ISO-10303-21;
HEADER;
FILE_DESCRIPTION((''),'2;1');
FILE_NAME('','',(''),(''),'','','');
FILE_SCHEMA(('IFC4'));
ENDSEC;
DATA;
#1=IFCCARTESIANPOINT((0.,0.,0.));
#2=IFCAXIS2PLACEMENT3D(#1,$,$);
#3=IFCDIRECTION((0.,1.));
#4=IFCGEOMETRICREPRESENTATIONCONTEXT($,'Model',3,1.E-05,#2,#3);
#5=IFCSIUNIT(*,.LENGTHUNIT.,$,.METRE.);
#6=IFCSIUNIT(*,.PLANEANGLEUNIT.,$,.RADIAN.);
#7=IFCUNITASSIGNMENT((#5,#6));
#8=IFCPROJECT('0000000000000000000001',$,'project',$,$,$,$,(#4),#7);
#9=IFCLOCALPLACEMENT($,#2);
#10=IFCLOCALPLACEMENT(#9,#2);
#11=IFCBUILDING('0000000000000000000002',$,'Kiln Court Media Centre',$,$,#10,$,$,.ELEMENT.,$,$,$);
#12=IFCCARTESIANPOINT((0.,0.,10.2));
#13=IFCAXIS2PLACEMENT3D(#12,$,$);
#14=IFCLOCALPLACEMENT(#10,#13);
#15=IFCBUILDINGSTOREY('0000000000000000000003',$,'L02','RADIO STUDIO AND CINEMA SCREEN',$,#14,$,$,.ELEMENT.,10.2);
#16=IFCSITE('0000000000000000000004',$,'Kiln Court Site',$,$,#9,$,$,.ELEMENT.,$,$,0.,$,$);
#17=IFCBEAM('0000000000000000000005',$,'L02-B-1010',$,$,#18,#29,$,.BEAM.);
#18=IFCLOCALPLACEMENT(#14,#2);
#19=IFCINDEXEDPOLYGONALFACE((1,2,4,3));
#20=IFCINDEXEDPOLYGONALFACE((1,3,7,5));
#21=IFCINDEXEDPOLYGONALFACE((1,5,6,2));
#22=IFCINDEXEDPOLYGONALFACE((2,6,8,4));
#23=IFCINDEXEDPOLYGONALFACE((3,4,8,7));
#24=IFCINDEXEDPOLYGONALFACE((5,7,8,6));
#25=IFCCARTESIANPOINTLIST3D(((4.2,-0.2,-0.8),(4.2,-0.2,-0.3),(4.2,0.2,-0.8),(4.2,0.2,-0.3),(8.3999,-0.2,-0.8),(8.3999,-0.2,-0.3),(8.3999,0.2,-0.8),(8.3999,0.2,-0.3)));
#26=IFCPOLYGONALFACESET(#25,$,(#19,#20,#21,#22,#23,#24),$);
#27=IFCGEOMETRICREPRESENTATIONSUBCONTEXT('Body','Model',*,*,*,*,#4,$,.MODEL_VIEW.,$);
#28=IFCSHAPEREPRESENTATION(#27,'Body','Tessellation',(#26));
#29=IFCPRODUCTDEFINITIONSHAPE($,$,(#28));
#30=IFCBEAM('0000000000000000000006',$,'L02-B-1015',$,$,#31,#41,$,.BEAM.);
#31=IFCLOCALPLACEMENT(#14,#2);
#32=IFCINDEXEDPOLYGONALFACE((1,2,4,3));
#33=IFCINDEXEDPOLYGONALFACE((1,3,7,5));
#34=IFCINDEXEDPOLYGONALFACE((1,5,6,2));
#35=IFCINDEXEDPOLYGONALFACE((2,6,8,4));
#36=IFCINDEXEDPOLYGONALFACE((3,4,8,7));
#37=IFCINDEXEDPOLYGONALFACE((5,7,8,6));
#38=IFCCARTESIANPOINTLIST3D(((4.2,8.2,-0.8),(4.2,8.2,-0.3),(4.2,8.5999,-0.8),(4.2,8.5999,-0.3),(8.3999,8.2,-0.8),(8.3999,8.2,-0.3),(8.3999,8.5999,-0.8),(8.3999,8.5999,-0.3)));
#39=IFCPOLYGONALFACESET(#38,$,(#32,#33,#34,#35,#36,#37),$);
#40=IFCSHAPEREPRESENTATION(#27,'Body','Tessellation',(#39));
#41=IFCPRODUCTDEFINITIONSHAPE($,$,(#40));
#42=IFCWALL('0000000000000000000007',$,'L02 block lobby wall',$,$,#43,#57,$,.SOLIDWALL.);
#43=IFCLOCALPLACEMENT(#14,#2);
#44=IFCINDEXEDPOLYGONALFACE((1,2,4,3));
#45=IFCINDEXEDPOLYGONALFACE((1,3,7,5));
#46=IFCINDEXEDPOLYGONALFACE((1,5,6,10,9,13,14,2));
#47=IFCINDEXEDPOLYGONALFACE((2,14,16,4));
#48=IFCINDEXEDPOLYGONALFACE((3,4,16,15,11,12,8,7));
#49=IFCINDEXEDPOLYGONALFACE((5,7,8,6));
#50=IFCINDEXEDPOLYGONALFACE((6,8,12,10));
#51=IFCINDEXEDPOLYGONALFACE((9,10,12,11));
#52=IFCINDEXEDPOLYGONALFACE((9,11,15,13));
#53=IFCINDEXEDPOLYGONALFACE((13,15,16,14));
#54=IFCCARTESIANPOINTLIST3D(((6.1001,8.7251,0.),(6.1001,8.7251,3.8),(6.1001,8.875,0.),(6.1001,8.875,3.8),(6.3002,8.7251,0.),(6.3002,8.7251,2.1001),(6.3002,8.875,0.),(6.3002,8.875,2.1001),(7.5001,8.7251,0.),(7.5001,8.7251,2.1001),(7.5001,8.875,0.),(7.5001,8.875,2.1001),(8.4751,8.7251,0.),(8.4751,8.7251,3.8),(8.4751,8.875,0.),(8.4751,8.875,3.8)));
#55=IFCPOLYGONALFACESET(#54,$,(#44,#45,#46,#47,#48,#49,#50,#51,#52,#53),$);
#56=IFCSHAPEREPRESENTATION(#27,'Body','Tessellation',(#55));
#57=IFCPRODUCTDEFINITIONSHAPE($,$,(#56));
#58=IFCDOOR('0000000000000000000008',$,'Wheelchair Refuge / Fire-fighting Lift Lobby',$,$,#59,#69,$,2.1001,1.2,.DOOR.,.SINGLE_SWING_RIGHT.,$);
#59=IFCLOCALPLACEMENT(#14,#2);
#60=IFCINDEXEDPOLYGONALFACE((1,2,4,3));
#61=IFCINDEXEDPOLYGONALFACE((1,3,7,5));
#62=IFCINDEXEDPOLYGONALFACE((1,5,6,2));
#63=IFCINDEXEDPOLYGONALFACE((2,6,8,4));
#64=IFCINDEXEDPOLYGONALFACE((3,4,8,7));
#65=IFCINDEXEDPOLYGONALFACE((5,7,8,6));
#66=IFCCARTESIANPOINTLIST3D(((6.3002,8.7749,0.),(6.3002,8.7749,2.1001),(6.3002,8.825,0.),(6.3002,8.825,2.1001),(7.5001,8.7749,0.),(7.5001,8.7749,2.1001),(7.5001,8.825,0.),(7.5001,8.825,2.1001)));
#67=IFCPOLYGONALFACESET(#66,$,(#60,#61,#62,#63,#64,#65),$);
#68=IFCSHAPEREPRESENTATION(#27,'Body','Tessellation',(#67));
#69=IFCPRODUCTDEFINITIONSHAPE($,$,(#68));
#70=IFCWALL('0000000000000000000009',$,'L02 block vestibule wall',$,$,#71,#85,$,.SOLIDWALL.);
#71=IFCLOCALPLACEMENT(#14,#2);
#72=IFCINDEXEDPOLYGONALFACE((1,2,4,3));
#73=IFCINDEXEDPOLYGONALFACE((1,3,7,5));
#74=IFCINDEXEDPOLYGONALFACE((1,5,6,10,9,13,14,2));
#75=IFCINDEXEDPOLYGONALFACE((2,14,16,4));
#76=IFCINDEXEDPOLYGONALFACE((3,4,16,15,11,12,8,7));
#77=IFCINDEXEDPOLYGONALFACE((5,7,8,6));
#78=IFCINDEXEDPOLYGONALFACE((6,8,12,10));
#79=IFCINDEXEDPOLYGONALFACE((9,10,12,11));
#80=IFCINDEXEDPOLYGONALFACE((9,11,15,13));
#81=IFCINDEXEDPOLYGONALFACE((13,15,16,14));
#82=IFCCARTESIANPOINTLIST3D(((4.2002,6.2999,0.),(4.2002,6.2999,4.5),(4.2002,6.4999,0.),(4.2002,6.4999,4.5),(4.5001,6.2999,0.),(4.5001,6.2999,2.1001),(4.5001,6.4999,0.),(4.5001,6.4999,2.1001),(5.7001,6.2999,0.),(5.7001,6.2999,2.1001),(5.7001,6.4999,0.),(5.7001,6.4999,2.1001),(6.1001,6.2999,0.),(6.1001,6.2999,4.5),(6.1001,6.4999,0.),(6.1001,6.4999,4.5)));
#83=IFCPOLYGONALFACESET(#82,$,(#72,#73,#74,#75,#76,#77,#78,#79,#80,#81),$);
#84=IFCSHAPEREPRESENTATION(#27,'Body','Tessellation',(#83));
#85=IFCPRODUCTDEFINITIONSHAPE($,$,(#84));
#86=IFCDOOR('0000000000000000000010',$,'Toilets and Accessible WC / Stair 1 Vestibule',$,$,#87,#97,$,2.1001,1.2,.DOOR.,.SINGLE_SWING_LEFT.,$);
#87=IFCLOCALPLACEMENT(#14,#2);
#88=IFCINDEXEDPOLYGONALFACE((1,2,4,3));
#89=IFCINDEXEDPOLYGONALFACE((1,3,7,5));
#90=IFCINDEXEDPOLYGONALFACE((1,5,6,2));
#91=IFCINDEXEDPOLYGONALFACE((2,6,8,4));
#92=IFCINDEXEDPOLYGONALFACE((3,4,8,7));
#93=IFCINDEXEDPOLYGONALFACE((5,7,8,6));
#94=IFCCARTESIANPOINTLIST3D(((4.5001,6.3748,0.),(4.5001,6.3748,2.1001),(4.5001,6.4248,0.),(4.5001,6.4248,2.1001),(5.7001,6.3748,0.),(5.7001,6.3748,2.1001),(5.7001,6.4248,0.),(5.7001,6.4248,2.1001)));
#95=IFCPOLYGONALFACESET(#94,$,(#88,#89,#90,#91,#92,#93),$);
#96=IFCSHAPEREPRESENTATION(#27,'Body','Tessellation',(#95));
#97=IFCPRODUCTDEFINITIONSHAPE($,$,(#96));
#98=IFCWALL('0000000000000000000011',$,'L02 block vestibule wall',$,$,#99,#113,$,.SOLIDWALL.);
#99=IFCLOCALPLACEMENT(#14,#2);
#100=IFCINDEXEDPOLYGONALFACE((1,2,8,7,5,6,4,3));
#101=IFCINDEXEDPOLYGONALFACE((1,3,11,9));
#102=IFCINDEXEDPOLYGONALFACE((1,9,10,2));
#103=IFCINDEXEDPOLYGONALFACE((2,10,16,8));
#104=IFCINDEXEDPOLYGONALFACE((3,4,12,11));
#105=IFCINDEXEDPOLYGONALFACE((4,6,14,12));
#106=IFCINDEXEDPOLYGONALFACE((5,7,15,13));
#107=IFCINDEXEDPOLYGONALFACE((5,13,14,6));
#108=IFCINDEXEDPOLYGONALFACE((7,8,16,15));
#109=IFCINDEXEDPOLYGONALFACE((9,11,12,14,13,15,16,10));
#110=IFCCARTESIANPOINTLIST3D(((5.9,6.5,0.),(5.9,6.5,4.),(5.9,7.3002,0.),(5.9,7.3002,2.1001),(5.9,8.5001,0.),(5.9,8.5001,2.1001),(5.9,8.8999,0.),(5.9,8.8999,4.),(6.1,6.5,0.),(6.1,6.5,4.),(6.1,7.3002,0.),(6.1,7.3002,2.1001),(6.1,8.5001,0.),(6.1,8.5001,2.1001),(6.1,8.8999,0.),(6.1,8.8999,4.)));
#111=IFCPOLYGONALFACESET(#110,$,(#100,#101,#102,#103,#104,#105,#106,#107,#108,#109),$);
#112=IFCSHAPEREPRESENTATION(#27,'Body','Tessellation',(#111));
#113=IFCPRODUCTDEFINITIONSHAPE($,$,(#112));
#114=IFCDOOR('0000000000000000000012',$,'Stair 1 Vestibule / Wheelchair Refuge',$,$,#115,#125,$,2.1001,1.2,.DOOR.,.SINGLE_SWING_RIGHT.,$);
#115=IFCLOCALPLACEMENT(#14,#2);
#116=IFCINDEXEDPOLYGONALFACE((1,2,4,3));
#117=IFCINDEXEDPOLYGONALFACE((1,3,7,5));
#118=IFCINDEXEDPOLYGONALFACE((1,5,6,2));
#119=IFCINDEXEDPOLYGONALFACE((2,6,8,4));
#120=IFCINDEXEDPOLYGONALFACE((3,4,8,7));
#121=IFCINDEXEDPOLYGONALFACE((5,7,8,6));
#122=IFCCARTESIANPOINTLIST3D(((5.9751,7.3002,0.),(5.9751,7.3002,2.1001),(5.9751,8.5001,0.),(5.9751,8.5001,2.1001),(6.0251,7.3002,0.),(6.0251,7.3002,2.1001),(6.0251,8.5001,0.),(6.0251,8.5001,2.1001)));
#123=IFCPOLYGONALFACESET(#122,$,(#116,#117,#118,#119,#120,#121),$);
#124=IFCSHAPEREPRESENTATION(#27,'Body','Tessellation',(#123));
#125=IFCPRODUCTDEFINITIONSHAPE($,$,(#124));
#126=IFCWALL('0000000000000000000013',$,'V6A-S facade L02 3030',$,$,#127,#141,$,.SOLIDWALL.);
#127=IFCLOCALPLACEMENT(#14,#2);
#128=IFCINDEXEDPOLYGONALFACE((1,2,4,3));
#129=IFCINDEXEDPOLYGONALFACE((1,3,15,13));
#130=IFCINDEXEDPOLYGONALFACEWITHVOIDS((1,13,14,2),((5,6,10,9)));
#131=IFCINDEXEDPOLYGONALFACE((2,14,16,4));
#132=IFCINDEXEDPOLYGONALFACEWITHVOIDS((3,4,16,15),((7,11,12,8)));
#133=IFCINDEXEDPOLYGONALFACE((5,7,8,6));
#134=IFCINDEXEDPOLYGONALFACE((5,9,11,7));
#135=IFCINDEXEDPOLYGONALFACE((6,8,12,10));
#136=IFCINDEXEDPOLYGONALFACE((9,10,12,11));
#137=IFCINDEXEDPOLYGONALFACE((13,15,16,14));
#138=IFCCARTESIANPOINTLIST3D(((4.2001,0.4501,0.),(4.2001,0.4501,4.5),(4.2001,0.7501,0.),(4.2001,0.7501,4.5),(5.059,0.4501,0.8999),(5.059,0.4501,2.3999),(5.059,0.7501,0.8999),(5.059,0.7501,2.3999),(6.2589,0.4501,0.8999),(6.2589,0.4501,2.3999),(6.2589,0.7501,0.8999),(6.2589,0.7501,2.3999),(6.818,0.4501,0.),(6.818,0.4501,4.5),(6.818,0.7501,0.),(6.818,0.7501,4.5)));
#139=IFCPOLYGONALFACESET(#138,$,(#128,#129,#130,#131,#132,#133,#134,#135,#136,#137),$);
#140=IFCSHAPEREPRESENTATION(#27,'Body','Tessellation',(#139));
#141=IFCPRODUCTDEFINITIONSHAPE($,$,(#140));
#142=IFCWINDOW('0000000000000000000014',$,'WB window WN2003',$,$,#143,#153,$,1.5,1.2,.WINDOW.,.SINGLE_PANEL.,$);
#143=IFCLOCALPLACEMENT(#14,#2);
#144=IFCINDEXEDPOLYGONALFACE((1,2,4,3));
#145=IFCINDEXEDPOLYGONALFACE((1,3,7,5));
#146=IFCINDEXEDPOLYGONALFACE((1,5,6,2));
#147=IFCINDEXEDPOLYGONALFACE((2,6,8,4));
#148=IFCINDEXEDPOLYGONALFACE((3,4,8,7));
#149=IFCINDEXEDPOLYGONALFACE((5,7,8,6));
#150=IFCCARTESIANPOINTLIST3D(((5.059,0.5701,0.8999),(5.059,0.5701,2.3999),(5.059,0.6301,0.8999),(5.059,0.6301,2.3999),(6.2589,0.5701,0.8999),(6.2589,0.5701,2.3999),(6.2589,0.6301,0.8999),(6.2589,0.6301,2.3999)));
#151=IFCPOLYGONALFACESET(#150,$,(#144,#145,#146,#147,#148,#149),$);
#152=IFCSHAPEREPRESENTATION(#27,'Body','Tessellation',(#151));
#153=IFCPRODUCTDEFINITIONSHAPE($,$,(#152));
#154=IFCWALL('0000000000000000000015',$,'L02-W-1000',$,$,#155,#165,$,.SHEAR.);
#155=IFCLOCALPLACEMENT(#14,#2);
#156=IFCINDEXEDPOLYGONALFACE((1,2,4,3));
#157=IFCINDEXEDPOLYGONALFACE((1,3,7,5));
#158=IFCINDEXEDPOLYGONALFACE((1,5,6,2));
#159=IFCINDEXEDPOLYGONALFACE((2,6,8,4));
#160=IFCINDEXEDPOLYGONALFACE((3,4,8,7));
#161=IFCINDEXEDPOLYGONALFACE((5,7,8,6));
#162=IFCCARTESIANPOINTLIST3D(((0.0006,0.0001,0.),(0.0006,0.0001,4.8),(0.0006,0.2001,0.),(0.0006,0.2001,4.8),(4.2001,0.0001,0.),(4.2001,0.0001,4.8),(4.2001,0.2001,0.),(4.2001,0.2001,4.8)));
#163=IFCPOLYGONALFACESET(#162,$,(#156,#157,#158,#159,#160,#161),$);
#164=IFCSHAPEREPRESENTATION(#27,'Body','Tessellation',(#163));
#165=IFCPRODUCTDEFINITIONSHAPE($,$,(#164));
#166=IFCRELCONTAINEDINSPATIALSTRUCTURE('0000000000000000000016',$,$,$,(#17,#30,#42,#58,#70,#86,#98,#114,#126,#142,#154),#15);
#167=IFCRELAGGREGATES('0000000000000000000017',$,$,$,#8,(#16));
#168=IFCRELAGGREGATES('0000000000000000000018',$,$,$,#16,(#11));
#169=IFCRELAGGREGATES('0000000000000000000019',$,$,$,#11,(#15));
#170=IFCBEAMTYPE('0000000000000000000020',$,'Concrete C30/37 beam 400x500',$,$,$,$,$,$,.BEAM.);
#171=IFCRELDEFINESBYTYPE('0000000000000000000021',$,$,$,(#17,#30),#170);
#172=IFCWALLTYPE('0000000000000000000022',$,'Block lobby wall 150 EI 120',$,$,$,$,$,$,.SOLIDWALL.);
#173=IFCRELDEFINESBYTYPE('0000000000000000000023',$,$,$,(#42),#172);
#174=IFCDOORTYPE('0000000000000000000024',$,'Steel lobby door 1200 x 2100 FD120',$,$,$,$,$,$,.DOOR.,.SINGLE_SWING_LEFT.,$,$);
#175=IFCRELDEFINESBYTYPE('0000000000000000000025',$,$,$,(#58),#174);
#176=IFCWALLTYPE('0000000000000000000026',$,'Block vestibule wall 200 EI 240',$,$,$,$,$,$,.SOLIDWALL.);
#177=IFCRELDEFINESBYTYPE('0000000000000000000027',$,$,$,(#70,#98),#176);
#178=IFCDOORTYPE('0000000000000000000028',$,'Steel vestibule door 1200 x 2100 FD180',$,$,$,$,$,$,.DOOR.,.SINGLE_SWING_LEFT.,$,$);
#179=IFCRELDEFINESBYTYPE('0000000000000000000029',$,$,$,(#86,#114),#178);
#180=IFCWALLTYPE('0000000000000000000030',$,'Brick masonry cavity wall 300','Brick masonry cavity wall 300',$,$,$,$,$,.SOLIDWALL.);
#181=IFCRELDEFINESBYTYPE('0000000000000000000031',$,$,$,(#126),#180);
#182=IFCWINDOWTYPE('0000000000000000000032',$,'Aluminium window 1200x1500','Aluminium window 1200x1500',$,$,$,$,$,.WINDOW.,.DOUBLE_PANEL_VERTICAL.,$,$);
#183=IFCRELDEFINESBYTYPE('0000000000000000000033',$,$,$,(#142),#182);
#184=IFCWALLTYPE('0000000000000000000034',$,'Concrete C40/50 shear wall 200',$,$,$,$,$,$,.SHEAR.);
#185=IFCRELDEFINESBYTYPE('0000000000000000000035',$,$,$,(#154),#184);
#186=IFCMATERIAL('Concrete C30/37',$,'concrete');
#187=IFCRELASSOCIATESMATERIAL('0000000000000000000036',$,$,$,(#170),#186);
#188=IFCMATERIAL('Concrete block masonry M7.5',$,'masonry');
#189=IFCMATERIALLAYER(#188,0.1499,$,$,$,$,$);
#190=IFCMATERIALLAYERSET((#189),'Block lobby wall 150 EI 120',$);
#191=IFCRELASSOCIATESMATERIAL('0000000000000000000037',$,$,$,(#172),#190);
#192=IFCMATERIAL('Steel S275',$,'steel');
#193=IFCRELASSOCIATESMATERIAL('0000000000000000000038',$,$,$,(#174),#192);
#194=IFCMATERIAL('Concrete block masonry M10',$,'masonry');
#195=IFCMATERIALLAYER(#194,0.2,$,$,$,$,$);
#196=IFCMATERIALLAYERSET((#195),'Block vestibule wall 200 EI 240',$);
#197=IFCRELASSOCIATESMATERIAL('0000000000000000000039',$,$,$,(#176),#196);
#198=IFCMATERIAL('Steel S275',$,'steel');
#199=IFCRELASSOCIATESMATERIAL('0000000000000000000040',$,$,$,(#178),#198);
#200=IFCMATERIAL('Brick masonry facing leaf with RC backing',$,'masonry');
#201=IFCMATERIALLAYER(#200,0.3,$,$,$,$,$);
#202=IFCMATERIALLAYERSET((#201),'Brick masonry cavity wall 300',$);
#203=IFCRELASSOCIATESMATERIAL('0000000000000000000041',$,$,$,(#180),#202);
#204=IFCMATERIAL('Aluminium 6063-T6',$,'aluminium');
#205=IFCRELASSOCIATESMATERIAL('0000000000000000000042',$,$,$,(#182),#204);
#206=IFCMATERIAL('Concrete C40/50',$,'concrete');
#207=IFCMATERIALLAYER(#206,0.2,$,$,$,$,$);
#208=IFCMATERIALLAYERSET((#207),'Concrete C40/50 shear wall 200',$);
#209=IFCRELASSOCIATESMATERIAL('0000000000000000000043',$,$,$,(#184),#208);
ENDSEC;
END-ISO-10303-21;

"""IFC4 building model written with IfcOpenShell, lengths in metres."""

from ifc_helpers import new_model, si_unit, direction, frame, frame_2d, origin, origin_2d, place, context, subcontext, project, spatial, rectangle, extrude, material, layer, layer_set, material_profile, profile_set, type_object, element, fill, save


model = new_model("IFC4")

# Units and contexts
model_context = context("Model", 3, precision=1e-05, world=origin(), true_north=direction((0.0, 1.0)))
body_context = subcontext(model_context, "Body", "Model", "MODEL_VIEW")
ifc_project = project(units=[si_unit("LENGTHUNIT", "METRE"), si_unit("PLANEANGLEUNIT", "RADIAN")], contexts=[model_context])

# Site, building, storey
site_placement = place(None, origin())
site = spatial("IfcSite", under=ifc_project, at=site_placement, Name="Kiln Court Site", CompositionType="ELEMENT", RefElevation=0.0)
building_placement = place(site_placement, origin())
building = spatial("IfcBuilding", under=site, at=building_placement, Name="Kiln Court Media Centre", CompositionType="ELEMENT")
storey_placement = place(building_placement, frame((0.0, 0.0, 10.2)))
storey = spatial("IfcBuildingStorey", under=building, at=storey_placement, Name="L02", Description="RADIO STUDIO AND CINEMA SCREEN", CompositionType="ELEMENT", Elevation=10.2)

# Beams
ifc_material_1 = material(Name="Concrete C30/37", Category="concrete")
ifc_material_profile = material_profile(ifc_material_1, rectangle(XDim=0.3999, YDim=0.5, at=origin_2d()), Name="RC 400x500")
ifc_profile_set = profile_set([ifc_material_profile], Name="Concrete C30/37")
beam_type = type_object("IfcBeamType", Name="Concrete C30/37 beam 400x500", PredefinedType="BEAM", material=ifc_profile_set)
for number, where, z_axis, x_axis, name in (
    (1, (4.2, 0.0, -0.55), (1.0, 0.0, 0.0), (0.0, 1.0, 0.0), "L02-B-1010"),
    (2, (4.2, 8.3999, -0.55), (1.0, 0.0, 0.0), (0.0, 1.0, 0.0), "L02-B-1015"),
):
    element("IfcBeam", number, at=place(storey_placement, frame(where, z_axis=z_axis, x_axis=x_axis)), inside=storey, type_object=beam_type, Name=name, PredefinedType="BEAM", context=body_context, shape_type="SweptSolid", body=[
        extrude(rectangle(XDim=0.3999, YDim=0.5, at=origin_2d()), origin(), (0.0, 0.0, 1.0), 4.2),
    ])

# Walls, openings, doors
ifc_material_2 = material(Name="Concrete block masonry M7.5", Category="masonry")
ifc_layer_1 = layer(ifc_material_2, 0.1499)
ifc_layer_set_1 = layer_set([ifc_layer_1], Name="Block lobby wall 150 EI 120")
wall_type_1 = type_object("IfcWallType", Name="Block lobby wall 150 EI 120", PredefinedType="SOLIDWALL", material=ifc_layer_set_1)
wall_1_placement = place(storey_placement, frame((6.1001, 8.8, 0.0), z_axis=(0.0, 0.0, 1.0), x_axis=(1.0, 0.0, 0.0)))
wall_1 = element("IfcWall", 3, at=wall_1_placement, inside=storey, type_object=wall_type_1, Name="L02 block lobby wall", PredefinedType="SOLIDWALL", context=body_context, shape_type="SweptSolid", body=[
    extrude(rectangle(XDim=2.375, YDim=0.1499, at=frame_2d((1.1875, 0.0))), origin(), (0.0, 0.0, 1.0), 3.8),
])
opening_1_placement = place(wall_1_placement, frame((0.2, 0.0, 0.0)))
opening_1 = element("IfcOpeningElement", 4, at=opening_1_placement, cuts=wall_1, PredefinedType="OPENING", context=body_context, shape_type="SweptSolid", body=[
    extrude(rectangle(XDim=1.2, YDim=2.1001, at=frame_2d((0.6001, 1.05))), frame((0.0, 0.085, 0.0), z_axis=(0.0, -1.0, 0.0), x_axis=(1.0, 0.0, 0.0)), (0.0, 0.0, 1.0), 0.1699),
])
ifc_material_3 = material(Name="Steel S275", Category="steel")
door_type_1 = type_object("IfcDoorType", Name="Steel lobby door 1200 x 2100 FD120", OperationType="SINGLE_SWING_LEFT", PredefinedType="DOOR", material=ifc_material_3)
door_1_placement = place(opening_1_placement, origin())
door_1 = element("IfcDoor", 5, at=door_1_placement, inside=storey, type_object=door_type_1, Name="Wheelchair Refuge / Fire-fighting Lift Lobby", OperationType="SINGLE_SWING_RIGHT", OverallHeight=2.1001, OverallWidth=1.2, PredefinedType="DOOR", context=body_context, shape_type="SweptSolid", body=[
    extrude(rectangle(XDim=1.2, YDim=2.1001, at=frame_2d((0.6001, 1.05))), frame((0.0, 0.0249, 0.0), z_axis=(0.0, -1.0, 0.0), x_axis=(1.0, 0.0, 0.0)), (0.0, 0.0, 1.0), 0.05),
])
fill(opening_1, door_1)
ifc_material_4 = material(Name="Concrete block masonry M10", Category="masonry")
ifc_layer_2 = layer(ifc_material_4, 0.2)
ifc_layer_set_2 = layer_set([ifc_layer_2], Name="Block vestibule wall 200 EI 240")
wall_type_2 = type_object("IfcWallType", Name="Block vestibule wall 200 EI 240", PredefinedType="SOLIDWALL", material=ifc_layer_set_2)
wall_2_placement = place(storey_placement, frame((4.2002, 6.3999, 0.0), z_axis=(0.0, 0.0, 1.0), x_axis=(1.0, 0.0, 0.0)))
wall_2 = element("IfcWall", 6, at=wall_2_placement, inside=storey, type_object=wall_type_2, Name="L02 block vestibule wall", PredefinedType="SOLIDWALL", context=body_context, shape_type="SweptSolid", body=[
    extrude(rectangle(XDim=1.8999, YDim=0.2, at=frame_2d((0.95, 0.0))), origin(), (0.0, 0.0, 1.0), 4.5),
])
opening_2_placement = place(wall_2_placement, frame((0.2998, 0.0, 0.0)))
opening_2 = element("IfcOpeningElement", 7, at=opening_2_placement, cuts=wall_2, PredefinedType="OPENING", context=body_context, shape_type="SweptSolid", body=[
    extrude(rectangle(XDim=1.2, YDim=2.1001, at=frame_2d((0.6001, 1.05))), frame((0.0, 0.1099, 0.0), z_axis=(0.0, -1.0, 0.0), x_axis=(1.0, 0.0, 0.0)), (0.0, 0.0, 1.0), 0.22),
])
ifc_material_5 = material(Name="Steel S275", Category="steel")
door_type_2 = type_object("IfcDoorType", Name="Steel vestibule door 1200 x 2100 FD180", OperationType="SINGLE_SWING_LEFT", PredefinedType="DOOR", material=ifc_material_5)
door_2_placement = place(opening_2_placement, origin())
door_2 = element("IfcDoor", 8, at=door_2_placement, inside=storey, type_object=door_type_2, Name="Toilets and Accessible WC / Stair 1 Vestibule", OperationType="SINGLE_SWING_LEFT", OverallHeight=2.1001, OverallWidth=1.2, PredefinedType="DOOR", context=body_context, shape_type="SweptSolid", body=[
    extrude(rectangle(XDim=1.2, YDim=2.1001, at=frame_2d((0.6001, 1.05))), frame((0.0, 0.0249, 0.0), z_axis=(0.0, -1.0, 0.0), x_axis=(1.0, 0.0, 0.0)), (0.0, 0.0, 1.0), 0.05),
])
fill(opening_2, door_2)
wall_3_placement = place(storey_placement, frame((6.0, 6.5, 0.0), z_axis=(0.0, 0.0, 1.0), x_axis=(0.0, 1.0, 0.0)))
wall_3 = element("IfcWall", 9, at=wall_3_placement, inside=storey, type_object=wall_type_2, Name="L02 block vestibule wall", PredefinedType="SOLIDWALL", context=body_context, shape_type="SweptSolid", body=[
    extrude(rectangle(XDim=2.3999, YDim=0.2, at=frame_2d((1.2, 0.0))), origin(), (0.0, 0.0, 1.0), 4.0),
])
opening_3_placement = place(wall_3_placement, frame((0.8, 0.0, 0.0)))
opening_3 = element("IfcOpeningElement", 10, at=opening_3_placement, cuts=wall_3, PredefinedType="OPENING", context=body_context, shape_type="SweptSolid", body=[
    extrude(rectangle(XDim=1.2, YDim=2.1001, at=frame_2d((0.6001, 1.05))), frame((0.0, 0.1099, 0.0), z_axis=(0.0, -1.0, 0.0), x_axis=(1.0, 0.0, 0.0)), (0.0, 0.0, 1.0), 0.22),
])
door_3_placement = place(opening_3_placement, origin())
door_3 = element("IfcDoor", 11, at=door_3_placement, inside=storey, type_object=door_type_2, Name="Stair 1 Vestibule / Wheelchair Refuge", OperationType="SINGLE_SWING_RIGHT", OverallHeight=2.1001, OverallWidth=1.2, PredefinedType="DOOR", context=body_context, shape_type="SweptSolid", body=[
    extrude(rectangle(XDim=1.2, YDim=2.1001, at=frame_2d((0.6001, 1.05))), frame((0.0, 0.0249, 0.0), z_axis=(0.0, -1.0, 0.0), x_axis=(1.0, 0.0, 0.0)), (0.0, 0.0, 1.0), 0.05),
])
fill(opening_3, door_3)

# Wall, opening, window
ifc_material_6 = material(Name="Brick masonry facing leaf with RC backing", Category="masonry")
ifc_layer_3 = layer(ifc_material_6, 0.3)
ifc_layer_set_3 = layer_set([ifc_layer_3], Name="Brick masonry cavity wall 300")
wall_type_3 = type_object("IfcWallType", Name="Brick masonry cavity wall 300", Description="Brick masonry cavity wall 300", PredefinedType="SOLIDWALL", material=ifc_layer_set_3)
wall_4_placement = place(storey_placement, frame((6.8181, 0.6001, 0.0), z_axis=(0.0, 0.0, 1.0), x_axis=(-1.0, 0.0, 0.0)))
wall_4 = element("IfcWall", 12, at=wall_4_placement, inside=storey, type_object=wall_type_3, Name="V6A-S facade L02 3030", PredefinedType="SOLIDWALL", context=body_context, shape_type="SweptSolid", body=[
    extrude(rectangle(XDim=2.6179, YDim=0.3, at=frame_2d((1.3091, 0.0))), origin(), (0.0, 0.0, 1.0), 4.5),
])
opening_4_placement = place(wall_4_placement, frame((0.5591, 0.0, 0.8999)))
opening_4 = element("IfcOpeningElement", 13, at=opening_4_placement, cuts=wall_4, PredefinedType="OPENING", context=body_context, shape_type="SweptSolid", body=[
    extrude(rectangle(XDim=1.2, YDim=1.5, at=frame_2d((0.6001, 0.75))), frame((0.0, 0.1599, 0.0), z_axis=(0.0, -1.0, 0.0), x_axis=(1.0, 0.0, 0.0)), (0.0, 0.0, 1.0), 0.3201),
])
ifc_material_7 = material(Name="Aluminium 6063-T6", Category="aluminium")
window_type = type_object("IfcWindowType", Name="Aluminium window 1200x1500", Description="Aluminium window 1200x1500", PartitioningType="DOUBLE_PANEL_VERTICAL", PredefinedType="WINDOW", material=ifc_material_7)
window_placement = place(opening_4_placement, origin())
window = element("IfcWindow", 14, at=window_placement, inside=storey, type_object=window_type, Name="WB window WN2003", OverallHeight=1.5, OverallWidth=1.2, PartitioningType="SINGLE_PANEL", PredefinedType="WINDOW", context=body_context, shape_type="SweptSolid", body=[
    extrude(rectangle(XDim=1.2, YDim=1.5, at=frame_2d((0.6001, 0.75))), frame((0.0, 0.03, 0.0), z_axis=(0.0, -1.0, 0.0), x_axis=(1.0, 0.0, 0.0)), (0.0, 0.0, 1.0), 0.0601),
])
fill(opening_4, window)

# Wall
ifc_material_8 = material(Name="Concrete C40/50", Category="concrete")
ifc_layer_4 = layer(ifc_material_8, 0.2)
ifc_layer_set_4 = layer_set([ifc_layer_4], Name="Concrete C40/50 shear wall 200")
wall_type_4 = type_object("IfcWallType", Name="Concrete C40/50 shear wall 200", PredefinedType="SHEAR", material=ifc_layer_set_4)
wall_5_placement = place(storey_placement, frame((4.2, 0.1001, 0.0), z_axis=(0.0, 0.0, 1.0), x_axis=(-1.0, 0.0, 0.0)))
element("IfcWall", 15, at=wall_5_placement, inside=storey, type_object=wall_type_4, Name="L02-W-1000", PredefinedType="SHEAR", context=body_context, shape_type="SweptSolid", body=[
    extrude(rectangle(XDim=4.1995, YDim=0.2, at=frame_2d((2.0996, 0.0))), origin(), (0.0, 0.0, 1.0), 4.8),
])

save(model, "model.ifc")
